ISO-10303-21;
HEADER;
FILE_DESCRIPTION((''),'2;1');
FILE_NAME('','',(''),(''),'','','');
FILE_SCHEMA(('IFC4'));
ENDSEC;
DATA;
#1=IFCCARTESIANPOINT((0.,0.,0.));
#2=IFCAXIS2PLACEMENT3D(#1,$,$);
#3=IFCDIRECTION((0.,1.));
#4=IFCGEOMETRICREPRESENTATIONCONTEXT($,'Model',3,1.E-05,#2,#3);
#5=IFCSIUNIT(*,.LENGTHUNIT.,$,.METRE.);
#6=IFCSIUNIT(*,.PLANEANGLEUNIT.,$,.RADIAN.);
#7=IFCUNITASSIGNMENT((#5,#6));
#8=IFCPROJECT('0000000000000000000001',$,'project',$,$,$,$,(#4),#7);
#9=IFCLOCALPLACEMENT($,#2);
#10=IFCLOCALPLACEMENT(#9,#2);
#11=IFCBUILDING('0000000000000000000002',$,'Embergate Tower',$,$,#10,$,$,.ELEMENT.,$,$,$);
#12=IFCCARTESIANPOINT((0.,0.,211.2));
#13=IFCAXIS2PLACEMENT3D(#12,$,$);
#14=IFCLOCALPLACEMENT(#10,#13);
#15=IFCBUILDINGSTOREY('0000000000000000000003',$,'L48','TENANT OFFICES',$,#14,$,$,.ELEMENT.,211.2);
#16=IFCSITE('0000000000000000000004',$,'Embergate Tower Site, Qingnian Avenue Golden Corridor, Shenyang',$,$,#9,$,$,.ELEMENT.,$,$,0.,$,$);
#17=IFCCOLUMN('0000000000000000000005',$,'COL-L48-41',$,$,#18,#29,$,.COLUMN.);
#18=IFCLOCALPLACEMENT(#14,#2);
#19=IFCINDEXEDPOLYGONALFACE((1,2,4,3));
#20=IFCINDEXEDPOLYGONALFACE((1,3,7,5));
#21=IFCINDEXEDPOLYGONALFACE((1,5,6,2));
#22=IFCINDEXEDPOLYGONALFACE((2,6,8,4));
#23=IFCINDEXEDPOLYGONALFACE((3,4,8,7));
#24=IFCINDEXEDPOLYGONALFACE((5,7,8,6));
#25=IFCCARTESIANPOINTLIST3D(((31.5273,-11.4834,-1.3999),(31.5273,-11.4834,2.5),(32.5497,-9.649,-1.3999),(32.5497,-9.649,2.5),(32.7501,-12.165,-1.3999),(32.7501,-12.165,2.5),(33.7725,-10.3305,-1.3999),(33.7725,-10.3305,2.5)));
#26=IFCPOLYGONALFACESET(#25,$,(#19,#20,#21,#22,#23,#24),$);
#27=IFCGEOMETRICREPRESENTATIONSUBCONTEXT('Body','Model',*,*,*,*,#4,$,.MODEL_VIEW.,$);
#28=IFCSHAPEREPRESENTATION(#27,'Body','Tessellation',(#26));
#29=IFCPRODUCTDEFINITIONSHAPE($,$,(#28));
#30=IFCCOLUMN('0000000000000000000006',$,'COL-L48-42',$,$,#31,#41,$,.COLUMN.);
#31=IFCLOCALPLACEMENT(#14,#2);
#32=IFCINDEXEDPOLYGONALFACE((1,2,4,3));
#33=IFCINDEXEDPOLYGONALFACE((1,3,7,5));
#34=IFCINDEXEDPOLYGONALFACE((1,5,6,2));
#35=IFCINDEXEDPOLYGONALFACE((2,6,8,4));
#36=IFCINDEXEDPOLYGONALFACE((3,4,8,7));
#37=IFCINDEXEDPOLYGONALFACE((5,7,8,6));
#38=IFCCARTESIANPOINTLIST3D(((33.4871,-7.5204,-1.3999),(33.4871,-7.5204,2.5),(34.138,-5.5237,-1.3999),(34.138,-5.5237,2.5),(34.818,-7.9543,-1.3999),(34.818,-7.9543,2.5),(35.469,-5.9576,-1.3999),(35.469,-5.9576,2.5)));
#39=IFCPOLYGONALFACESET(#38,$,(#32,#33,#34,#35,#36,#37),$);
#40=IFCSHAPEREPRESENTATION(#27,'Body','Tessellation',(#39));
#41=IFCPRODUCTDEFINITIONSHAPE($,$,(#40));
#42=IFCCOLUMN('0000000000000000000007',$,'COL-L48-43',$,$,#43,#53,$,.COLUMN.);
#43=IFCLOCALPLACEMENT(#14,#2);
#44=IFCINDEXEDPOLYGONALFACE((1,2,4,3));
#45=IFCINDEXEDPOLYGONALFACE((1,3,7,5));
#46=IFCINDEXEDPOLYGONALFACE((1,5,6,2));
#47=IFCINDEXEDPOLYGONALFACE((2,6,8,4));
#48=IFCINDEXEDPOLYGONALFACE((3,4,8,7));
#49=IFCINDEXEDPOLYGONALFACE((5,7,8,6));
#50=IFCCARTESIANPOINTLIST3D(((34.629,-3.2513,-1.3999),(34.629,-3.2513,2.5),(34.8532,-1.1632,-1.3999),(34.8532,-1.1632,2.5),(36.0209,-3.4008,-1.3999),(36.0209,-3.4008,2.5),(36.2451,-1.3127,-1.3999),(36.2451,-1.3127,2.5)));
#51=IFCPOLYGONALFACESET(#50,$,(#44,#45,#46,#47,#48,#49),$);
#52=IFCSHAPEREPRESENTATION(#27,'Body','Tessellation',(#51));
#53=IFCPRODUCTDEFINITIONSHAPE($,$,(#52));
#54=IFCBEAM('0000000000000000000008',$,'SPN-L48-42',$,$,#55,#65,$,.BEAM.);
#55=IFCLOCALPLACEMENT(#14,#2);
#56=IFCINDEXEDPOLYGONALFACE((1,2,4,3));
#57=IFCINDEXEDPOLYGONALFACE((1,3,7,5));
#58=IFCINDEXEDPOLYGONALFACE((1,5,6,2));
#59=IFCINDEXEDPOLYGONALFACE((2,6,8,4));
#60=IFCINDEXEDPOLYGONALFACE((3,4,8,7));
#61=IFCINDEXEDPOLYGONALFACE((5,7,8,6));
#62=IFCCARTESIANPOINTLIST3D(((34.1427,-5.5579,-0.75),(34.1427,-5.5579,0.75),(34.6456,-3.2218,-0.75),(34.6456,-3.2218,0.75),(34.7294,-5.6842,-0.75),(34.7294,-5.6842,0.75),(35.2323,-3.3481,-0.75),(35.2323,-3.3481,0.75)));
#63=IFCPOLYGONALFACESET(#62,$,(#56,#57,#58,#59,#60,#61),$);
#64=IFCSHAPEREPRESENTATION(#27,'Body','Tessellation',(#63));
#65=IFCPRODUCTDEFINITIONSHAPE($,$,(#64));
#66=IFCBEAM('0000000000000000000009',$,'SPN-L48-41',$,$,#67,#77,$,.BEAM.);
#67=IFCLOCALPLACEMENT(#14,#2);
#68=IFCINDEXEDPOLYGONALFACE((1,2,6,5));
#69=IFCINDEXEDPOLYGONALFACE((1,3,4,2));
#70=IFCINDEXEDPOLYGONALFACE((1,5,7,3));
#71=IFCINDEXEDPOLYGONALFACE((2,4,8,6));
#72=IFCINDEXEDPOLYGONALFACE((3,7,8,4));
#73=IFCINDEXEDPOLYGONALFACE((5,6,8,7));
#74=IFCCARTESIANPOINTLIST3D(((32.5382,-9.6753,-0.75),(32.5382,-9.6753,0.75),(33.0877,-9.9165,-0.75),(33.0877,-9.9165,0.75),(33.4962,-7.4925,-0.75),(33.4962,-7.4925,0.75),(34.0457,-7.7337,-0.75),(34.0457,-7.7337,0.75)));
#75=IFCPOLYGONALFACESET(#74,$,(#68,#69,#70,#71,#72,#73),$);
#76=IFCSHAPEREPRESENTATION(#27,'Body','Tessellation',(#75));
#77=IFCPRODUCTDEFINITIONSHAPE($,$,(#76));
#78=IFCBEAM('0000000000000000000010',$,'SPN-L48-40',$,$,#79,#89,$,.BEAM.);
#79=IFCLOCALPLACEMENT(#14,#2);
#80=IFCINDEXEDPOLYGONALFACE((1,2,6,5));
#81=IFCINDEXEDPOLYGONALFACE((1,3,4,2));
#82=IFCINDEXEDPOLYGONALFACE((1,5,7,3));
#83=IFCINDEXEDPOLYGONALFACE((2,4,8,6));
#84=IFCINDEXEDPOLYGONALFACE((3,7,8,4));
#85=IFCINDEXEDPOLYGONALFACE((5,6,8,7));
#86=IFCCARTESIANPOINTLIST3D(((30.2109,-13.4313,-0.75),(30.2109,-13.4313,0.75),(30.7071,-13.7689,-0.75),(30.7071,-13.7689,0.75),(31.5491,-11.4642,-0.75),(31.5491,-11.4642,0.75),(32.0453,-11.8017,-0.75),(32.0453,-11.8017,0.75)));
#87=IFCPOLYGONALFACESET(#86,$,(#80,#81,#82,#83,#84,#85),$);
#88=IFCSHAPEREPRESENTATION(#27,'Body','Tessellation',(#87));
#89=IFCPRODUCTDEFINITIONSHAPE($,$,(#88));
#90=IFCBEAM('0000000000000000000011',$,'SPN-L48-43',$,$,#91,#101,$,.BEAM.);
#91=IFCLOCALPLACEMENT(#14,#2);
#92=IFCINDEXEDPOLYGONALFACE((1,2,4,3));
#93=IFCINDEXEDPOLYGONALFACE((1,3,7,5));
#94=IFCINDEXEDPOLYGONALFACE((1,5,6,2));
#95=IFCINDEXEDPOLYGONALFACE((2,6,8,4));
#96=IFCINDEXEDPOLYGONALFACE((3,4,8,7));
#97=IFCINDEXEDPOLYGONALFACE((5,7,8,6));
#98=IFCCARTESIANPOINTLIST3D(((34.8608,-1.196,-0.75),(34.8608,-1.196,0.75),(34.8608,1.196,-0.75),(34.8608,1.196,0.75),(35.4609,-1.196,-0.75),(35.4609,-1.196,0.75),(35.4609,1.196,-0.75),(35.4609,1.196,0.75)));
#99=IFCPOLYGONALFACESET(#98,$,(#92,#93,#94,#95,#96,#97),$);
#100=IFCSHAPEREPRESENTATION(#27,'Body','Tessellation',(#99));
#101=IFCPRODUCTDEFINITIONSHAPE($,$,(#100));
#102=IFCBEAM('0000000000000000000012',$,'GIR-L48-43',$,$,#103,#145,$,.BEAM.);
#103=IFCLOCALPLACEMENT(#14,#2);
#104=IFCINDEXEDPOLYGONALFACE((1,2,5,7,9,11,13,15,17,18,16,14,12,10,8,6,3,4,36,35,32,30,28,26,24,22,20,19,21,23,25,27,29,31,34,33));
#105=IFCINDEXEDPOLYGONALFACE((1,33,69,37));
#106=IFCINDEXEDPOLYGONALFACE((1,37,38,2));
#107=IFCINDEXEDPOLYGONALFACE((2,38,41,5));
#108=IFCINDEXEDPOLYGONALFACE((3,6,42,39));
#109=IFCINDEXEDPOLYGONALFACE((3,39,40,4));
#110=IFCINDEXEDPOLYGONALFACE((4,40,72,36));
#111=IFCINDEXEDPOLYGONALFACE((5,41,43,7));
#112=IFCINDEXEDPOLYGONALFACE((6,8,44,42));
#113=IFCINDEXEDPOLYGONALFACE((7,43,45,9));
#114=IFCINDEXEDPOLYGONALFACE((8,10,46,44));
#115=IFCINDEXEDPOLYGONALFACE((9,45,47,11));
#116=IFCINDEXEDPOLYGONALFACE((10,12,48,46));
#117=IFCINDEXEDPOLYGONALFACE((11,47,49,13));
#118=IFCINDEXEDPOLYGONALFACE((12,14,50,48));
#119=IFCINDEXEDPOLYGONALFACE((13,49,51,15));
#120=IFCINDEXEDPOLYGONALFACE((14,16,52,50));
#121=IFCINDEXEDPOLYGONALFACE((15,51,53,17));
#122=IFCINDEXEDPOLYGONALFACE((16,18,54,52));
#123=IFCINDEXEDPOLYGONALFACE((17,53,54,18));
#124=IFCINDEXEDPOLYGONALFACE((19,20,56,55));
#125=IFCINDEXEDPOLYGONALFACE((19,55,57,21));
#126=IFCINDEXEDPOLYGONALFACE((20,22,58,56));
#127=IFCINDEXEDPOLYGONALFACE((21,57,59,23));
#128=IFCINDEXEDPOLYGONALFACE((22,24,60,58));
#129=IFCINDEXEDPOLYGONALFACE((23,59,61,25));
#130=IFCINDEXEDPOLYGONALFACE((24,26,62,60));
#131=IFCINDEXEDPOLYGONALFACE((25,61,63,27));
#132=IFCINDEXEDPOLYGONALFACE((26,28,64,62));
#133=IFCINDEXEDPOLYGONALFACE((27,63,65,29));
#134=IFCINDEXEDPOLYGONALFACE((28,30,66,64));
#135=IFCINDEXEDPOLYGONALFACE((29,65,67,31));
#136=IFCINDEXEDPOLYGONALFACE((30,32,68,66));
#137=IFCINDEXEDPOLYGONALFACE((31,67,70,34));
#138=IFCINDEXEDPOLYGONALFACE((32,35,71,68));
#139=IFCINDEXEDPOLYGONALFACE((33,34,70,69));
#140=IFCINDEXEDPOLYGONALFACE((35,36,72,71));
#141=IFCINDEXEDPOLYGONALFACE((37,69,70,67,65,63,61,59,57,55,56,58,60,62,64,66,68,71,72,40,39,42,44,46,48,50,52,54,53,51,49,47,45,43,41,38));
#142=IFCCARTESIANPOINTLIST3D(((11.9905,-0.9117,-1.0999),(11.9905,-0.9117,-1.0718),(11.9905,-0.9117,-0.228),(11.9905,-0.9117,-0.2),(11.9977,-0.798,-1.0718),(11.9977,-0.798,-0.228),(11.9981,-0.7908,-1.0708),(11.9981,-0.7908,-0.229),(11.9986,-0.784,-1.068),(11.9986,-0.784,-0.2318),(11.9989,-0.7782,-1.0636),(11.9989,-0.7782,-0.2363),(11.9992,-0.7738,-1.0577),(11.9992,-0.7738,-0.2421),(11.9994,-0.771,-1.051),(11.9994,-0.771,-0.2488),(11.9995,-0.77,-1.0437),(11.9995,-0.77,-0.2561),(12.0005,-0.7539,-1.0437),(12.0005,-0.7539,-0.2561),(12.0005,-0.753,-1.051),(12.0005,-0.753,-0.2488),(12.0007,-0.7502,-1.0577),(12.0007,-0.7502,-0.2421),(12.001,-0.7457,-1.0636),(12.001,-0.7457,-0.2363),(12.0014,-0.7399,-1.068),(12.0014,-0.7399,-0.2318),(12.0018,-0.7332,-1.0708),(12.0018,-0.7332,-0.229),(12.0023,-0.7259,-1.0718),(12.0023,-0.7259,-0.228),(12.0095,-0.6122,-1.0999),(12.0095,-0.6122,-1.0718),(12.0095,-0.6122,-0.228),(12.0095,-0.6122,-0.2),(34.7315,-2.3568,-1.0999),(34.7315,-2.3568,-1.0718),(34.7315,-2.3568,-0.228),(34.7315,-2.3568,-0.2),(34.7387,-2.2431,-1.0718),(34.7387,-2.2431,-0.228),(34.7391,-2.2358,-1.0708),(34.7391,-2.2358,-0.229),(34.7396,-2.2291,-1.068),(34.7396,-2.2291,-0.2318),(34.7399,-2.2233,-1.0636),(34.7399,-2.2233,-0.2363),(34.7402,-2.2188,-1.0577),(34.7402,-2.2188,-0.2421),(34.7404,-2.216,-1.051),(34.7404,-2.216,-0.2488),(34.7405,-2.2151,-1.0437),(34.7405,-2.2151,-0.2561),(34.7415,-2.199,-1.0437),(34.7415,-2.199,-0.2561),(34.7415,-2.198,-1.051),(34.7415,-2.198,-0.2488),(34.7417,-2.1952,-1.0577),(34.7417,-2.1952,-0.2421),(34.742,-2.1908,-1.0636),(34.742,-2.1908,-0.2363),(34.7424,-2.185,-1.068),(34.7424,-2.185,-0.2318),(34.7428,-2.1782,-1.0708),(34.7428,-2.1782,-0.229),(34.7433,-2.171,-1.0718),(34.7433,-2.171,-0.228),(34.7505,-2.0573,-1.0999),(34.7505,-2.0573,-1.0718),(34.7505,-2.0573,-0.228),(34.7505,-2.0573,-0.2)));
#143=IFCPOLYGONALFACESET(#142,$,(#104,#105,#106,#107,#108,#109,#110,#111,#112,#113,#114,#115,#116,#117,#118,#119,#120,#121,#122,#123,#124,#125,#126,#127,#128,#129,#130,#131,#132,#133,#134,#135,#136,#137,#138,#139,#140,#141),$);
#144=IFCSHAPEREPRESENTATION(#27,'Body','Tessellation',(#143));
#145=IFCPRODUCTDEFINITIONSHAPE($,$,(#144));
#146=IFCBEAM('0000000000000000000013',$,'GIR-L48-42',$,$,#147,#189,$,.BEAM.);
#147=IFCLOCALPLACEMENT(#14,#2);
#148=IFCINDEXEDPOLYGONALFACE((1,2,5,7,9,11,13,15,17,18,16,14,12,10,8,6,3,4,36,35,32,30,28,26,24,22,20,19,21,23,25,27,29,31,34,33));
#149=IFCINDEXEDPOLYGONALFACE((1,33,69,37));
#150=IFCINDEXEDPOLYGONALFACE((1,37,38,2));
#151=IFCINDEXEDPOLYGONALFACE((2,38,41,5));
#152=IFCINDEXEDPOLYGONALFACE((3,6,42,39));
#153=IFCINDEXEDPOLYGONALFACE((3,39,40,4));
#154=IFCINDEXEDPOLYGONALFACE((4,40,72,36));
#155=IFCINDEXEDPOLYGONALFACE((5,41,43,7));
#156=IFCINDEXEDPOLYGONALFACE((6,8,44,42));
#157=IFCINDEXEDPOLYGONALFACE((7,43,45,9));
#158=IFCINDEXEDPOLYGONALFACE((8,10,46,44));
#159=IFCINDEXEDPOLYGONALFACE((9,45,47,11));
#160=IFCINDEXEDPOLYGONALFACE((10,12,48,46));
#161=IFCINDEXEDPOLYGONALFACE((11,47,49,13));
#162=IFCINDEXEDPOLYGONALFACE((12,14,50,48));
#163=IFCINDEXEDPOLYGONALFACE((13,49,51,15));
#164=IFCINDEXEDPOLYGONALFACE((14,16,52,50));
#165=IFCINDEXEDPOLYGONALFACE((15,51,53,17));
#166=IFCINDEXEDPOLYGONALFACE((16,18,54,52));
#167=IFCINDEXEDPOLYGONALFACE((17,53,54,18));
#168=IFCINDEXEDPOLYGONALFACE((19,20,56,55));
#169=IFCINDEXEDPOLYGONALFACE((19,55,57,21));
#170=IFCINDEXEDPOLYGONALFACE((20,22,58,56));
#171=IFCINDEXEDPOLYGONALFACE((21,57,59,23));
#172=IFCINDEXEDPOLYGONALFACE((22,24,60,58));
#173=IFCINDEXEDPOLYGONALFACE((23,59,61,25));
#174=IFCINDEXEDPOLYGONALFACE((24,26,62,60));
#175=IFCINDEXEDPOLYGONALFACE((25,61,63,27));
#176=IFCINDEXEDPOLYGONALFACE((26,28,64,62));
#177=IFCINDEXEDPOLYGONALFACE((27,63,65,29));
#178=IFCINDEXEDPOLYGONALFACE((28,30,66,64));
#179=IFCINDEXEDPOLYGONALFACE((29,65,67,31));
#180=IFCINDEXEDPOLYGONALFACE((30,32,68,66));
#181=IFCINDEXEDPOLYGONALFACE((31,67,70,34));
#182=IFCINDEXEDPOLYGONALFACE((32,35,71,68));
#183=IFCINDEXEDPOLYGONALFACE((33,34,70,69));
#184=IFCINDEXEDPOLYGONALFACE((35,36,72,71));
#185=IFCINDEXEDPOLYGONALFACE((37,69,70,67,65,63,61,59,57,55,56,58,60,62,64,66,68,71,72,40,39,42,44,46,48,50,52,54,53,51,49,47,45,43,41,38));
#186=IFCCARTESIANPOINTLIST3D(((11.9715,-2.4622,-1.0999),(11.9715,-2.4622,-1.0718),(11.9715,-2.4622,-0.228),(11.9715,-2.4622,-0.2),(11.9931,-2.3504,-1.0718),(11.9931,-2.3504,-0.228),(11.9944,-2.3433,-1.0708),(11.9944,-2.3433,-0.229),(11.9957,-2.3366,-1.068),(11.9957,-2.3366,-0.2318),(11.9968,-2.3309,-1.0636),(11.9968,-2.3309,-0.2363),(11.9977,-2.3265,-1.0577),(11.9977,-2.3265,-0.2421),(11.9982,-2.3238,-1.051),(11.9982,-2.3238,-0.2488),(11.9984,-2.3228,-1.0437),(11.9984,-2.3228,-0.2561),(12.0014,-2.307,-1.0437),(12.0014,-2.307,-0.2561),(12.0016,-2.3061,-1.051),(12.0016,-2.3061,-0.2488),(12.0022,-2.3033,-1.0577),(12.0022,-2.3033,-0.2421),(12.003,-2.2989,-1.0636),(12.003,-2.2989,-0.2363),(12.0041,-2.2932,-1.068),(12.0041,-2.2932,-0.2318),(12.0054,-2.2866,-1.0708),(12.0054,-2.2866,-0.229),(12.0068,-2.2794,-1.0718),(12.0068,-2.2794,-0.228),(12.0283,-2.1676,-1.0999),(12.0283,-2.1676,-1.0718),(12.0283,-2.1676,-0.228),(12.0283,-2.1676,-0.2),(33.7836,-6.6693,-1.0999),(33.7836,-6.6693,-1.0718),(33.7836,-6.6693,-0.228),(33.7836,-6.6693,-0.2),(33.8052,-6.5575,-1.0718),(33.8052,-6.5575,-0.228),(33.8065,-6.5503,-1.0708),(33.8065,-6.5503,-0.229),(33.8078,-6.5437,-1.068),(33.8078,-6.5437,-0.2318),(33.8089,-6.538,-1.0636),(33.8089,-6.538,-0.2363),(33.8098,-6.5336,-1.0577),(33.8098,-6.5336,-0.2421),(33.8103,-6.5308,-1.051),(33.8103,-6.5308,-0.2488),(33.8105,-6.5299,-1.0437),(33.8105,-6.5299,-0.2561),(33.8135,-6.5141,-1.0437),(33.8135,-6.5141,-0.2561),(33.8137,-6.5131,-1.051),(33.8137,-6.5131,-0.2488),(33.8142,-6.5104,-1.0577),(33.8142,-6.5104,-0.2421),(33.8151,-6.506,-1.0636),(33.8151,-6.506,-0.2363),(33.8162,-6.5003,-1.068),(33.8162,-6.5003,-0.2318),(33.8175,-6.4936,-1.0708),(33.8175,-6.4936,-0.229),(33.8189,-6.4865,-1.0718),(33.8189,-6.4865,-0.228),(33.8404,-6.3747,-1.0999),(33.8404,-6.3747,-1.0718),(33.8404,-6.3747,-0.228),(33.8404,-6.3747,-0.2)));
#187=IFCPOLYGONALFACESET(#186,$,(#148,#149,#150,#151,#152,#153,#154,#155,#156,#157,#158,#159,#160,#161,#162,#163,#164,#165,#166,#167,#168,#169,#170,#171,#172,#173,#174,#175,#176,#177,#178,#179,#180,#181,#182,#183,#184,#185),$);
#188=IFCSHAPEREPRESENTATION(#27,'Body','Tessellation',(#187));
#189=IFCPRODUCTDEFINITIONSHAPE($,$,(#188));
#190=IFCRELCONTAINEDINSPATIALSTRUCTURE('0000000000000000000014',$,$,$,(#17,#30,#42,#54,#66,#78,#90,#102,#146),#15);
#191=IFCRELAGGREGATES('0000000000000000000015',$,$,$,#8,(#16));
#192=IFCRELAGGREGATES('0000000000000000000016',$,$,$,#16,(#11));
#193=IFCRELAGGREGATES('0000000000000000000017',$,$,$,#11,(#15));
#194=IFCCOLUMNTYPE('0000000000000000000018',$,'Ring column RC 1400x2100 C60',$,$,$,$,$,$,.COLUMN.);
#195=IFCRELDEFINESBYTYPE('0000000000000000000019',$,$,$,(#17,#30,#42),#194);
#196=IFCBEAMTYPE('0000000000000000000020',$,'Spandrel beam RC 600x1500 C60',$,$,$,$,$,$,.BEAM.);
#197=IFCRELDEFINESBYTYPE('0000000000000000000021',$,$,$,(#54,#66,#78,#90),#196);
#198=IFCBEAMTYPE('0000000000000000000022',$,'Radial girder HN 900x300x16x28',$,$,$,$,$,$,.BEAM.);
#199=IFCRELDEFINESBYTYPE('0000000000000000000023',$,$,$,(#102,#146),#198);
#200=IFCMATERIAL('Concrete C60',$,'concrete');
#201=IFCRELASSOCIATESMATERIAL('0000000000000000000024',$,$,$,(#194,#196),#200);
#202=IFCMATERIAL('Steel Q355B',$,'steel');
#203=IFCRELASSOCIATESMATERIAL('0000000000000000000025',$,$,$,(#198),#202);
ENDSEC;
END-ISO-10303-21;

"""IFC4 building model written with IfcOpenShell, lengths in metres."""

from ifc_helpers import new_model, si_unit, direction, frame, origin, origin_2d, place, context, subcontext, project, spatial, rectangle, i_section, extrude, source, transform, mapped, material, material_profile, profile_set, type_object, element, save


model = new_model("IFC4")

# Units and contexts
model_context = context("Model", 3, precision=1e-05, world=origin(), true_north=direction((0.0, 1.0)))
body_context = subcontext(model_context, "Body", "Model", "MODEL_VIEW")
ifc_project = project(units=[si_unit("LENGTHUNIT", "METRE"), si_unit("PLANEANGLEUNIT", "RADIAN")], contexts=[model_context])

# Site, building, storey
site_placement = place(None, origin())
site = spatial("IfcSite", under=ifc_project, at=site_placement, Name="Embergate Tower Site, Qingnian Avenue Golden Corridor, Shenyang", CompositionType="ELEMENT", RefElevation=0.0)
building_placement = place(site_placement, origin())
building = spatial("IfcBuilding", under=site, at=building_placement, Name="Embergate Tower", CompositionType="ELEMENT")
storey_placement = place(building_placement, frame((0.0, 0.0, 211.2)))
storey = spatial("IfcBuildingStorey", under=building, at=storey_placement, Name="L48", Description="TENANT OFFICES", CompositionType="ELEMENT", Elevation=211.2)

# Columns
ifc_material_1 = material(Name="Concrete C60", Category="concrete")
ifc_material_profile_1 = material_profile(ifc_material_1, rectangle(XDim=1.3999, YDim=2.1001, at=origin_2d()), Name="RC 1400x2100")
ifc_profile_set_1 = profile_set([ifc_material_profile_1], Name="Concrete C60")
column_type = type_object("IfcColumnType", Name="Ring column RC 1400x2100 C60", PredefinedType="COLUMN", material=ifc_profile_set_1)
shared_shape_1 = source(origin(), body_context, "Body", "SweptSolid", [
    extrude(rectangle(XDim=1.3999, YDim=2.1001, at=origin_2d()), origin(), (0.0, 0.0, 1.0), 3.8999),
])
for number, where, z_axis, x_axis, name in (
    (1, (32.6499, -10.907, -1.3999), (0.0, 0.0, 1.0), (0.8735, -0.486823, 0.0), "COL-L48-41"),
    (2, (34.478, -6.739, -1.3999), (0.0, 0.0, 1.0), (0.950754, -0.309946, 0.0), "COL-L48-42"),
    (3, (35.437, -2.282, -1.3999), (0.0, 0.0, 1.0), (0.994286, -0.10675, 0.0), "COL-L48-43"),
):
    element("IfcColumn", number, at=place(storey_placement, frame(where, z_axis=z_axis, x_axis=x_axis)), inside=storey, type_object=column_type, Name=name, PredefinedType="COLUMN", context=body_context, shape_type="MappedRepresentation", body=[
        mapped(shared_shape_1, transform((0.0, 0.0, 0.0))),
    ])

# Beams
ifc_material_profile_2 = material_profile(ifc_material_1, rectangle(XDim=0.6001, YDim=1.5, at=origin_2d()), Name="RC 600x1500")
ifc_profile_set_2 = profile_set([ifc_material_profile_2], Name="Concrete C60")
beam_type_1 = type_object("IfcBeamType", Name="Spandrel beam RC 600x1500 C60", PredefinedType="BEAM", material=ifc_profile_set_2)
shared_shape_2 = source(origin(), body_context, "Body", "SweptSolid", [
    extrude(rectangle(XDim=0.6001, YDim=1.5, at=origin_2d()), origin(), (0.0, 0.0, 1.0), 2.3896),
])
beam_1_placement = place(storey_placement, frame((34.436, -5.6211, 0.0), z_axis=(0.210457, 0.977603, 0.0), x_axis=(-0.977603, 0.210457, 0.0)))
element("IfcBeam", 4, at=beam_1_placement, inside=storey, type_object=beam_type_1, Name="SPN-L48-42", PredefinedType="BEAM", context=body_context, shape_type="MappedRepresentation", body=[
    mapped(shared_shape_2, transform((0.0, 0.0, 0.0))),
])
shared_shape_3 = source(origin(), body_context, "Body", "SweptSolid", [
    extrude(rectangle(XDim=0.6001, YDim=1.5, at=origin_2d()), origin(), (0.0, 0.0, 1.0), 2.3838),
])
beam_2_placement = place(storey_placement, frame((32.813, -9.7959, 0.0), z_axis=(0.401877, 0.915694, 0.0), x_axis=(-0.915694, 0.401877, 0.0)))
element("IfcBeam", 5, at=beam_2_placement, inside=storey, type_object=beam_type_1, Name="SPN-L48-41", PredefinedType="BEAM", context=body_context, shape_type="MappedRepresentation", body=[
    mapped(shared_shape_3, transform((0.0, 0.0, 0.0))),
])
shared_shape_4 = source(origin(), body_context, "Body", "SweptSolid", [
    extrude(rectangle(XDim=0.6001, YDim=1.5, at=origin_2d()), origin(), (0.0, 0.0, 1.0), 2.3792),
])
beam_3_placement = place(storey_placement, frame((30.459, -13.6001, 0.0), z_axis=(0.562467, 0.82682, 0.0), x_axis=(-0.82682, 0.562467, 0.0)))
element("IfcBeam", 6, at=beam_3_placement, inside=storey, type_object=beam_type_1, Name="SPN-L48-40", PredefinedType="BEAM", context=body_context, shape_type="MappedRepresentation", body=[
    mapped(shared_shape_4, transform((0.0, 0.0, 0.0))),
])
shared_shape_5 = source(origin(), body_context, "Body", "SweptSolid", [
    extrude(rectangle(XDim=0.6001, YDim=1.5, at=origin_2d()), origin(), (0.0, 0.0, 1.0), 2.3921),
])
beam_4_placement = place(storey_placement, frame((35.1609, -1.196, 0.0), z_axis=(0.0, 1.0, 0.0), x_axis=(-1.0, 0.0, 0.0)))
element("IfcBeam", 7, at=beam_4_placement, inside=storey, type_object=beam_type_1, Name="SPN-L48-43", PredefinedType="BEAM", context=body_context, shape_type="MappedRepresentation", body=[
    mapped(shared_shape_5, transform((0.0, 0.0, 0.0))),
])
ifc_material_2 = material(Name="Steel Q355B", Category="steel")
ifc_material_profile_3 = material_profile(ifc_material_2, i_section(OverallWidth=0.3, OverallDepth=0.8999, WebThickness=0.0161, FlangeThickness=0.0281, FilletRadius=0.0281, at=origin_2d()), Name="HN 900x300x16x28")
ifc_profile_set_3 = profile_set([ifc_material_profile_3], Name="Steel Q355 grade B")
beam_type_2 = type_object("IfcBeamType", Name="Radial girder HN 900x300x16x28", PredefinedType="BEAM", material=ifc_profile_set_3)
shared_shape_6 = source(origin(), body_context, "Body", "SweptSolid", [
    extrude(i_section(OverallWidth=0.3, OverallDepth=0.8999, WebThickness=0.0161, FlangeThickness=0.0281, FilletRadius=0.0281, at=origin_2d()), origin(), (0.0, 0.0, 1.0), 22.7869),
])
beam_5_placement = place(storey_placement, frame((34.741, -2.207, -0.6499), z_axis=(-0.997987, 0.063417, 0.0), x_axis=(-0.063417, -0.997987, 0.0)))
element("IfcBeam", 8, at=beam_5_placement, inside=storey, type_object=beam_type_2, Name="GIR-L48-43", PredefinedType="BEAM", context=body_context, shape_type="MappedRepresentation", body=[
    mapped(shared_shape_6, transform((0.0, 0.0, 0.0))),
])
shared_shape_7 = source(origin(), body_context, "Body", "SweptSolid", [
    extrude(i_section(OverallWidth=0.3, OverallDepth=0.8999, WebThickness=0.0161, FlangeThickness=0.0281, FilletRadius=0.0281, at=origin_2d()), origin(), (0.0, 0.0, 1.0), 22.2141),
])
beam_6_placement = place(storey_placement, frame((33.812, -6.522, -0.6499), z_axis=(-0.981903, 0.189386, 0.0), x_axis=(-0.189386, -0.981903, 0.0)))
element("IfcBeam", 9, at=beam_6_placement, inside=storey, type_object=beam_type_2, Name="GIR-L48-42", PredefinedType="BEAM", context=body_context, shape_type="MappedRepresentation", body=[
    mapped(shared_shape_7, transform((0.0, 0.0, 0.0))),
])

save(model, "model.ifc")
